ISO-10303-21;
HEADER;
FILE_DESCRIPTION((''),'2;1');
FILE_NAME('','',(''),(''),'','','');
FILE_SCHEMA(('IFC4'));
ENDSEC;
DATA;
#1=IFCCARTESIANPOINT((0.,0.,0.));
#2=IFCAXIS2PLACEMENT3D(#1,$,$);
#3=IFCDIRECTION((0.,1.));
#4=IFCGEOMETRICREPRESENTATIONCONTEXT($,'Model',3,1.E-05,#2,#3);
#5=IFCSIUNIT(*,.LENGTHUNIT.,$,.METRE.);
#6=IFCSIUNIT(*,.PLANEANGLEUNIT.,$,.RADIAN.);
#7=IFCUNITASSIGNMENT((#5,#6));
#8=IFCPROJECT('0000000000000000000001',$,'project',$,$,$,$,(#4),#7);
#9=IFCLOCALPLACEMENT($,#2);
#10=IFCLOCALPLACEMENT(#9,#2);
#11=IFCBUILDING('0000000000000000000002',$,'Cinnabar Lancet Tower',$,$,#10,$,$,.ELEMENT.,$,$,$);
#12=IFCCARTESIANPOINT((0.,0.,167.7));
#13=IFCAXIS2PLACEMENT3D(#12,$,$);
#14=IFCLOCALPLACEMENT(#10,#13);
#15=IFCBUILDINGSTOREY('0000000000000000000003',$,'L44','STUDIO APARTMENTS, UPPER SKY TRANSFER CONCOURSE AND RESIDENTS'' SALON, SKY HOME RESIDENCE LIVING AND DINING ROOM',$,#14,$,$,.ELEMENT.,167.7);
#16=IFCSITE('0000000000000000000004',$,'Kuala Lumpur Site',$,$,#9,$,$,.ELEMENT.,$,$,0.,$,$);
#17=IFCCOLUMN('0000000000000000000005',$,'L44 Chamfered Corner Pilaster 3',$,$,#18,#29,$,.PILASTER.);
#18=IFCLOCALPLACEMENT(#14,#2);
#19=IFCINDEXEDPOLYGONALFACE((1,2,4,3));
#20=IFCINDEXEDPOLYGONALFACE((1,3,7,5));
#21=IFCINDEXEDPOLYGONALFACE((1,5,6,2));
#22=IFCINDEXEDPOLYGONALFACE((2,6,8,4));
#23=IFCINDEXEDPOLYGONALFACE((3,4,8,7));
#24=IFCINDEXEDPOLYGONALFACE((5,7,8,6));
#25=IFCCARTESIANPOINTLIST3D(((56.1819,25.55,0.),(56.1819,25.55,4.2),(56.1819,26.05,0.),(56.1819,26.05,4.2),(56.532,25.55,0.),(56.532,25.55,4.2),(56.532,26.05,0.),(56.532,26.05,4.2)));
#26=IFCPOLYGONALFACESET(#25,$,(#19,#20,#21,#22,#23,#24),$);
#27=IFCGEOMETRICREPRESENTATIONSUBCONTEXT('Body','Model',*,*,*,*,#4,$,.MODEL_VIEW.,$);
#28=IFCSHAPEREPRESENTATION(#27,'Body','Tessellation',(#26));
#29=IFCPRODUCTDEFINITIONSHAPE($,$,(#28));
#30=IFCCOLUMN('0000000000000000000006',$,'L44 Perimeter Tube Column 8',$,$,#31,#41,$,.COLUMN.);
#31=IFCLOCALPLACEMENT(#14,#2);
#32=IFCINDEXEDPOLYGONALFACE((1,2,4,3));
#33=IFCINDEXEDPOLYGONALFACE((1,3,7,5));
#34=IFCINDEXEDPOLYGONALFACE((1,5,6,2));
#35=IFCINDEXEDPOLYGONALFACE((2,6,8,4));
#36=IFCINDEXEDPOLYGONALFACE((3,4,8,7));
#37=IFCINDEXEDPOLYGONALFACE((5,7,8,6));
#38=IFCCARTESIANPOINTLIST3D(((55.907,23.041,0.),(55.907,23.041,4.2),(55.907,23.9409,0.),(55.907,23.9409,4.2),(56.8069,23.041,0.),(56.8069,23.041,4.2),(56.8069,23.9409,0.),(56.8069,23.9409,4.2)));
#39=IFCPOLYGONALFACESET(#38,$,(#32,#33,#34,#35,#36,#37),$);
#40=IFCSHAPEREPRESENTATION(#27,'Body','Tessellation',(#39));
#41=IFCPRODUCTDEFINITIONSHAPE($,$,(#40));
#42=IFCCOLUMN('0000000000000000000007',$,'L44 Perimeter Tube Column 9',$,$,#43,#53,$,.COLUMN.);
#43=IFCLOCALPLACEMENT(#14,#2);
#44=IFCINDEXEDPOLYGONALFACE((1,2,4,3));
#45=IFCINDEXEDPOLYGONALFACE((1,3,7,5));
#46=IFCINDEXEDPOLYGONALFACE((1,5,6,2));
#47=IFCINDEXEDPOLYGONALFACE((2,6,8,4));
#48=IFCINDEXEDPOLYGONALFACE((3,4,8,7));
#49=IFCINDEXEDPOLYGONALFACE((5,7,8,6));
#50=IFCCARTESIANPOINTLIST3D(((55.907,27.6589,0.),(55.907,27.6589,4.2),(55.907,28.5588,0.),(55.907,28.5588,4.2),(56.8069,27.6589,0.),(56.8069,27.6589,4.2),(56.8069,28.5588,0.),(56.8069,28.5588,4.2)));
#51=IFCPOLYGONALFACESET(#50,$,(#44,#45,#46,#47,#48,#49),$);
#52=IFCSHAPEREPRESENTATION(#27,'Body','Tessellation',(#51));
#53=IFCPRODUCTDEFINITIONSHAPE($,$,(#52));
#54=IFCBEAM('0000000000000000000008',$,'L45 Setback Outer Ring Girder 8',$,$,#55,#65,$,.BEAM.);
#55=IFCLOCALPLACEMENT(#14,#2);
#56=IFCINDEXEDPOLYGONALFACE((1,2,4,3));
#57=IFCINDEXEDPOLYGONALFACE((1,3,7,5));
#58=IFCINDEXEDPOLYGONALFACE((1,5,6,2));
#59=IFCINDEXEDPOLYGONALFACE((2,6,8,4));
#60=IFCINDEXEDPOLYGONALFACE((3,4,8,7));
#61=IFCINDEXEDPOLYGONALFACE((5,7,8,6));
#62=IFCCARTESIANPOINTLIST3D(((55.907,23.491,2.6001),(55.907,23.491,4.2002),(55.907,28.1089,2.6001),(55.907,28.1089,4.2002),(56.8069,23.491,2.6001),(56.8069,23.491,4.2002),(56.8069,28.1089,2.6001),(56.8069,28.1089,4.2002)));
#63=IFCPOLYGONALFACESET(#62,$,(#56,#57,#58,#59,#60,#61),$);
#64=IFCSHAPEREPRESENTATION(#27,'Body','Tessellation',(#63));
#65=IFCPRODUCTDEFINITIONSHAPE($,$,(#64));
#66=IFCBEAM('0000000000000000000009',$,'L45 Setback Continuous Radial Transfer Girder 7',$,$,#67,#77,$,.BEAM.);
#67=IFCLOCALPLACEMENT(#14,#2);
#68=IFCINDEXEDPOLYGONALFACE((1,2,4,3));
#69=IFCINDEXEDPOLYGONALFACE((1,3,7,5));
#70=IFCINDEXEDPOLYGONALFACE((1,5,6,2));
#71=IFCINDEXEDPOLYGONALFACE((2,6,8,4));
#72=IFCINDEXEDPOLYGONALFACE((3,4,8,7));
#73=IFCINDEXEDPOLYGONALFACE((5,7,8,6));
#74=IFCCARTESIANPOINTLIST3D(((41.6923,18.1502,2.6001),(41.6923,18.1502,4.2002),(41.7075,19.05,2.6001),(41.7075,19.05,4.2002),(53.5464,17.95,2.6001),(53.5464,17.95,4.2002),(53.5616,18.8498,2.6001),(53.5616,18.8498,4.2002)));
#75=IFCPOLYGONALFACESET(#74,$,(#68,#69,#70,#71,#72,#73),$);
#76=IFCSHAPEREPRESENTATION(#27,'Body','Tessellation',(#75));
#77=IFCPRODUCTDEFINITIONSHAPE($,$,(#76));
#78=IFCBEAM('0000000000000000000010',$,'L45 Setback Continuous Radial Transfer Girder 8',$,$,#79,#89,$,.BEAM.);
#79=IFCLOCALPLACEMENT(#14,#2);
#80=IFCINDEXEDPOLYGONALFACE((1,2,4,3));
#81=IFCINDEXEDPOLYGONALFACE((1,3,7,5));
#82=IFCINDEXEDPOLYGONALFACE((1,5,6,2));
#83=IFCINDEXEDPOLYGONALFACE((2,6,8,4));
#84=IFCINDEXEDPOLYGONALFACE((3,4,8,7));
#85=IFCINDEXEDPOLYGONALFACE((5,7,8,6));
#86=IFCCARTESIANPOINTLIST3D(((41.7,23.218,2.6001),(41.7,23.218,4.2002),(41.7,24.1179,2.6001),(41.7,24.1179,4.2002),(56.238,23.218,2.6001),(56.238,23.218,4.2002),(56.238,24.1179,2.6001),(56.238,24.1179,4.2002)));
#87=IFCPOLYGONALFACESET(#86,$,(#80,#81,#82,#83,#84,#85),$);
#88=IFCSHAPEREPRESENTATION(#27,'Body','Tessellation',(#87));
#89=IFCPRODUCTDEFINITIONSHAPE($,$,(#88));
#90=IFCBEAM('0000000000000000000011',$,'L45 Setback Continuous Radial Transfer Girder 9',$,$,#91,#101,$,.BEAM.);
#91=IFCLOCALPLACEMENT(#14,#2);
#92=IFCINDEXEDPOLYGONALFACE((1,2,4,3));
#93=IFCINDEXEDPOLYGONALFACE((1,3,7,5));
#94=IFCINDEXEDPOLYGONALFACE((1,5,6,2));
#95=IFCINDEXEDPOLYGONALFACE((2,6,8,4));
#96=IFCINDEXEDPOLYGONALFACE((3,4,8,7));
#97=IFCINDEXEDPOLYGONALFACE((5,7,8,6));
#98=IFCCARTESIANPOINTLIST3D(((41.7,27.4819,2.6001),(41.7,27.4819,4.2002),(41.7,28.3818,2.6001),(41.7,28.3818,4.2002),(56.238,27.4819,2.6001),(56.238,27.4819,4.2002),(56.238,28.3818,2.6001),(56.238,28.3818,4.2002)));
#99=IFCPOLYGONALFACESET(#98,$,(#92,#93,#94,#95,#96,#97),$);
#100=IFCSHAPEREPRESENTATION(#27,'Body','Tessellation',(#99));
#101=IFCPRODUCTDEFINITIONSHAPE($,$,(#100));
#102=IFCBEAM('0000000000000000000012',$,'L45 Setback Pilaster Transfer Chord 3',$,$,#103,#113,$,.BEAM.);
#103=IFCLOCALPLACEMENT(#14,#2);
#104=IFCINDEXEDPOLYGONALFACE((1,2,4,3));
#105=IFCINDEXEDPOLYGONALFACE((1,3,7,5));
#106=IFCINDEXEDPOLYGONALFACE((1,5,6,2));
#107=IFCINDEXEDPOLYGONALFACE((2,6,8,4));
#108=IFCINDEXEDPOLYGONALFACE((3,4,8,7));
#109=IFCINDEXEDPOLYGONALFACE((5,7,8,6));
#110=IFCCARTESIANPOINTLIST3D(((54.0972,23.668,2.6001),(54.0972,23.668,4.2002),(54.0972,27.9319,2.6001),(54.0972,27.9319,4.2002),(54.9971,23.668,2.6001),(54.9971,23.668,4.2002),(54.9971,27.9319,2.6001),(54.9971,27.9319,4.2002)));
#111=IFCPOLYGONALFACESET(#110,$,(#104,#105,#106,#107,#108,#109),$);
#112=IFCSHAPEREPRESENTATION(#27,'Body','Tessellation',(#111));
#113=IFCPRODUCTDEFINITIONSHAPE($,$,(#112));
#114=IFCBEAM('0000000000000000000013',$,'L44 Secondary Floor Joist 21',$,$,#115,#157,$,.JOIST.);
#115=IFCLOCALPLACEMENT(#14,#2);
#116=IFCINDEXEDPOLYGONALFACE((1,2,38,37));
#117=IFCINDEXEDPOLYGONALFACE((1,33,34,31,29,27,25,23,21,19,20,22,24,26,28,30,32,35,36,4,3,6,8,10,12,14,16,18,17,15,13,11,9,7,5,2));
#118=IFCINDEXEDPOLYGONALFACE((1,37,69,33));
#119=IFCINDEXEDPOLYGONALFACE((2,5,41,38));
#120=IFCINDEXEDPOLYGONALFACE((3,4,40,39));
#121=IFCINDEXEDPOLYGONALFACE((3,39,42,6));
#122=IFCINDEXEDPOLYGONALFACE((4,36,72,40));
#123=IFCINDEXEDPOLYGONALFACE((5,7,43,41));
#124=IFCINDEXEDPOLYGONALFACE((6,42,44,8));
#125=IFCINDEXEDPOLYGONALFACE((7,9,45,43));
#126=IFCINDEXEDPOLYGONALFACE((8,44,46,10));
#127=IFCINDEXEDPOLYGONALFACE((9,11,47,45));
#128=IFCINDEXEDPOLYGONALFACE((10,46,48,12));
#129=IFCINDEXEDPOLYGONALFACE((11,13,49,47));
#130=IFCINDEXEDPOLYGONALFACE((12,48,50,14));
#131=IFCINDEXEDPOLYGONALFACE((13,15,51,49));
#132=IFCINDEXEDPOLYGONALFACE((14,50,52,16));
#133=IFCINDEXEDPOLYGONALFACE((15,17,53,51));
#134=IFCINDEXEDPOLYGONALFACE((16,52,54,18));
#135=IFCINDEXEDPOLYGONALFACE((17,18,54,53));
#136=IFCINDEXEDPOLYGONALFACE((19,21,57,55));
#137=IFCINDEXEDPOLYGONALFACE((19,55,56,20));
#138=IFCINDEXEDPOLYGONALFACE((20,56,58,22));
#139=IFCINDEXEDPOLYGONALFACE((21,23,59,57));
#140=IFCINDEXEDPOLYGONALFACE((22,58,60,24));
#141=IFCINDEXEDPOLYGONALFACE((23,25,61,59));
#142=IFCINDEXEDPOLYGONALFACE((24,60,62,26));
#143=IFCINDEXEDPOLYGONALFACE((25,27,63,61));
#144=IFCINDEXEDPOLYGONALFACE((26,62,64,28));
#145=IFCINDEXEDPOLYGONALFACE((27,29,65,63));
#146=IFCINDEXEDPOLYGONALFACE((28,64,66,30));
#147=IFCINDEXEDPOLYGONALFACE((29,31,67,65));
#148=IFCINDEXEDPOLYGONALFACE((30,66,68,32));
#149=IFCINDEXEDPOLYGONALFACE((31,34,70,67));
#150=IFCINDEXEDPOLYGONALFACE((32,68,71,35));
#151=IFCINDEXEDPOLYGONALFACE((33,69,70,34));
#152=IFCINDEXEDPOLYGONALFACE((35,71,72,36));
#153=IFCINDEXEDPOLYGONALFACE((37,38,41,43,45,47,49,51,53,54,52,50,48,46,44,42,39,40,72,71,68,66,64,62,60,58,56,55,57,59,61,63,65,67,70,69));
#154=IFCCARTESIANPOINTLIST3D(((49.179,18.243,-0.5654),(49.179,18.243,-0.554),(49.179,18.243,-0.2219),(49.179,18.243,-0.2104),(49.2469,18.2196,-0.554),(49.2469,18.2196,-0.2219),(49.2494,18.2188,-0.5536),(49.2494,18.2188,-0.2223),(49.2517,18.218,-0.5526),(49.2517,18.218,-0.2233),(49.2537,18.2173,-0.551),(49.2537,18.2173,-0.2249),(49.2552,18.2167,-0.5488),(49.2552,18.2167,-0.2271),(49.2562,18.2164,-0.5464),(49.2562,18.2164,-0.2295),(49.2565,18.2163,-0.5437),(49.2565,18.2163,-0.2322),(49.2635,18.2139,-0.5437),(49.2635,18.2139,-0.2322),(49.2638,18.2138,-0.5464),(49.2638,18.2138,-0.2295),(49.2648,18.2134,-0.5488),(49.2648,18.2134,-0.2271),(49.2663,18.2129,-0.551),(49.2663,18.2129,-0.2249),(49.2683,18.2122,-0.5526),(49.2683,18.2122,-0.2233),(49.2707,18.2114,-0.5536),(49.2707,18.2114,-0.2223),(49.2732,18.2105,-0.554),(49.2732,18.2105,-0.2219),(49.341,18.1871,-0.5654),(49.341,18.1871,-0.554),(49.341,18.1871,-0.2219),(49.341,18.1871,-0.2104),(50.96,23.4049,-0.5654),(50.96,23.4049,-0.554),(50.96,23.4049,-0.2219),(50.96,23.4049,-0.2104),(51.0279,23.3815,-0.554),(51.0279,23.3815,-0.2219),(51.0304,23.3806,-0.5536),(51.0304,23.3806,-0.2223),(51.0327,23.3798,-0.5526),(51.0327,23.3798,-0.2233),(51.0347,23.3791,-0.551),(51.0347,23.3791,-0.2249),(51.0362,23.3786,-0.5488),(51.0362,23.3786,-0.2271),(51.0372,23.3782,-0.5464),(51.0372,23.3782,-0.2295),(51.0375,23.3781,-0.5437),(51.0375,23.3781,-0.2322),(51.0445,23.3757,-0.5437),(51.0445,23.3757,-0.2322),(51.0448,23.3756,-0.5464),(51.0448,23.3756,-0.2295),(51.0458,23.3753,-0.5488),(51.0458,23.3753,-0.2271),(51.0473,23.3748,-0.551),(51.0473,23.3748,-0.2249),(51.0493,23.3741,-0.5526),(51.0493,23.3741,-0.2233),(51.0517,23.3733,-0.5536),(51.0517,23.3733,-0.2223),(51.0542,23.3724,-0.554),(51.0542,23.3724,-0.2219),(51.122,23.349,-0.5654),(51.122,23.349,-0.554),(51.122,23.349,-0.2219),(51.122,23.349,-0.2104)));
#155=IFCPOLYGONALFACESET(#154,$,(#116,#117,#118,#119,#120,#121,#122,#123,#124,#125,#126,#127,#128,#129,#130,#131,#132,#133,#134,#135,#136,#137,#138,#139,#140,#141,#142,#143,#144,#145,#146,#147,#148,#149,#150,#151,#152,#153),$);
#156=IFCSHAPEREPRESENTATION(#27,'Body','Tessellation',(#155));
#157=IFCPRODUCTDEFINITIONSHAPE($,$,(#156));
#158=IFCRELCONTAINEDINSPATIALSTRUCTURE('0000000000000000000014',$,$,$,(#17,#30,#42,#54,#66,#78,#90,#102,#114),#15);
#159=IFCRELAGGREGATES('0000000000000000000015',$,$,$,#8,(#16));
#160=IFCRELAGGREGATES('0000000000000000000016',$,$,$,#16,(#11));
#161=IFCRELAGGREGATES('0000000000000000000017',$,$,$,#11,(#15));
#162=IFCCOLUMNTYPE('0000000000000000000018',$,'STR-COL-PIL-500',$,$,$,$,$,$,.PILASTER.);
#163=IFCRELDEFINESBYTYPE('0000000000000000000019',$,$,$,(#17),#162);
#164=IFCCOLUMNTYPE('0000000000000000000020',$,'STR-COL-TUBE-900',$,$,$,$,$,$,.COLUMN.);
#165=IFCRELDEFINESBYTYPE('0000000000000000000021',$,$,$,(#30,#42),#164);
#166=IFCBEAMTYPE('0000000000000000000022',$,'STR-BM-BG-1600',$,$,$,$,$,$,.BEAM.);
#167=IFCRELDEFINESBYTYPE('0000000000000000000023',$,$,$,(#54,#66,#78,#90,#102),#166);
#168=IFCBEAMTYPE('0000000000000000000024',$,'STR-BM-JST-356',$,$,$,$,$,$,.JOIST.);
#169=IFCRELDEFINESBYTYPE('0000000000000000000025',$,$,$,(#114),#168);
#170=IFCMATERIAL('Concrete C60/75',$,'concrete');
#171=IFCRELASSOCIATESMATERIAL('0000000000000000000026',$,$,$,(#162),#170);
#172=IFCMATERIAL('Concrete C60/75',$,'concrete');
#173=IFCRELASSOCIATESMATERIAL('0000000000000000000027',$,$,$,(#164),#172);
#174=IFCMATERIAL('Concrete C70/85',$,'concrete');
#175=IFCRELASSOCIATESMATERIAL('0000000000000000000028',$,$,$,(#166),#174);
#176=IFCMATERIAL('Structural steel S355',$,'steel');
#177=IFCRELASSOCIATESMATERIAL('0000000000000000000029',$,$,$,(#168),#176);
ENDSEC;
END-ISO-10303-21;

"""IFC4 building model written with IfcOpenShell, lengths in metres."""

from ifc_helpers import new_model, si_unit, direction, frame, origin, origin_2d, place, context, subcontext, project, spatial, rectangle, i_section, extrude, material, material_profile, profile_set, type_object, element, save


model = new_model("IFC4")

# Units and contexts
model_context = context("Model", 3, precision=1e-05, world=origin(), true_north=direction((0.0, 1.0)))
body_context = subcontext(model_context, "Body", "Model", "MODEL_VIEW")
ifc_project = project(units=[si_unit("LENGTHUNIT", "METRE"), si_unit("PLANEANGLEUNIT", "RADIAN")], contexts=[model_context])

# Site, building, storey
site_placement = place(None, origin())
site = spatial("IfcSite", under=ifc_project, at=site_placement, Name="Kuala Lumpur Site", CompositionType="ELEMENT", RefElevation=0.0)
building_placement = place(site_placement, origin())
building = spatial("IfcBuilding", under=site, at=building_placement, Name="Cinnabar Lancet Tower", CompositionType="ELEMENT")
storey_placement = place(building_placement, frame((0.0, 0.0, 167.7)))
storey = spatial("IfcBuildingStorey", under=building, at=storey_placement, Name="L44", Description="STUDIO APARTMENTS, UPPER SKY TRANSFER CONCOURSE AND RESIDENTS' SALON, SKY HOME RESIDENCE LIVING AND DINING ROOM", CompositionType="ELEMENT", Elevation=167.7)

# Columns
ifc_material_1 = material(Name="Concrete C60/75", Category="concrete")
ifc_material_profile_1 = material_profile(ifc_material_1, rectangle(XDim=0.5, YDim=0.3501, at=origin_2d()), Name="RC-PIL 500x350")
ifc_profile_set_1 = profile_set([ifc_material_profile_1], Name="Concrete C60/75")
column_type_1 = type_object("IfcColumnType", Name="STR-COL-PIL-500", PredefinedType="PILASTER", material=ifc_profile_set_1)
column_placement = place(storey_placement, frame((56.3569, 25.8, 0.0), z_axis=(0.0, 0.0, 1.0), x_axis=(0.0, 1.0, 0.0)))
element("IfcColumn", 1, at=column_placement, inside=storey, type_object=column_type_1, Name="L44 Chamfered Corner Pilaster 3", PredefinedType="PILASTER", context=body_context, shape_type="SweptSolid", body=[
    extrude(rectangle(XDim=0.5, YDim=0.3501, at=origin_2d()), origin(), (0.0, 0.0, 1.0), 4.2),
])
ifc_material_2 = material(Name="Concrete C60/75", Category="concrete")
ifc_material_profile_2 = material_profile(ifc_material_2, rectangle(XDim=0.8999, YDim=0.8999, at=origin_2d()), Name="RC-COL 900x900")
ifc_profile_set_2 = profile_set([ifc_material_profile_2], Name="Concrete C60/75")
column_type_2 = type_object("IfcColumnType", Name="STR-COL-TUBE-900", PredefinedType="COLUMN", material=ifc_profile_set_2)
for number, where, z_axis, x_axis, name in (
    (2, (56.3569, 23.491, 0.0), (0.0, 0.0, 1.0), (1.0, 0.0, 0.0), "L44 Perimeter Tube Column 8"),
    (3, (56.3569, 28.1089, 0.0), (0.0, 0.0, 1.0), (1.0, 0.0, 0.0), "L44 Perimeter Tube Column 9"),
):
    element("IfcColumn", number, at=place(storey_placement, frame(where, z_axis=z_axis, x_axis=x_axis)), inside=storey, type_object=column_type_2, Name=name, PredefinedType="COLUMN", context=body_context, shape_type="SweptSolid", body=[
        extrude(rectangle(XDim=0.8999, YDim=0.8999, at=origin_2d()), origin(), (0.0, 0.0, 1.0), 4.2),
    ])

# Beams
ifc_material_3 = material(Name="Concrete C70/85", Category="concrete")
ifc_material_profile_3 = material_profile(ifc_material_3, rectangle(XDim=0.8999, YDim=1.6001, at=origin_2d()), Name="RC-BG 900x1600")
ifc_profile_set_3 = profile_set([ifc_material_profile_3], Name="Concrete C70/85")
beam_type_1 = type_object("IfcBeamType", Name="STR-BM-BG-1600", PredefinedType="BEAM", material=ifc_profile_set_3)
beam_1_placement = place(storey_placement, frame((56.3569, 23.491, 3.4001), z_axis=(0.0, 1.0, 0.0), x_axis=(-1.0, 0.0, 0.0)))
element("IfcBeam", 4, at=beam_1_placement, inside=storey, type_object=beam_type_1, Name="L45 Setback Outer Ring Girder 8", PredefinedType="BEAM", context=body_context, shape_type="SweptSolid", body=[
    extrude(rectangle(XDim=0.8999, YDim=1.6001, at=origin_2d()), origin(), (0.0, 0.0, 1.0), 4.6179),
])
beam_2_placement = place(storey_placement, frame((53.554, 18.3999, 3.4001), z_axis=(-0.999857, 0.016886, 0.0), x_axis=(-0.016886, -0.999857, 0.0)))
element("IfcBeam", 5, at=beam_2_placement, inside=storey, type_object=beam_type_1, Name="L45 Setback Continuous Radial Transfer Girder 7", PredefinedType="BEAM", context=body_context, shape_type="SweptSolid", body=[
    extrude(rectangle(XDim=0.8999, YDim=1.6001, at=origin_2d()), origin(), (0.0, 0.0, 1.0), 11.8557),
])
for number, where, z_axis, x_axis, name in (
    (6, (56.238, 23.668, 3.4001), (-1.0, 0.0, 0.0), (0.0, -1.0, 0.0), "L45 Setback Continuous Radial Transfer Girder 8"),
    (7, (56.238, 27.9319, 3.4001), (-1.0, 0.0, 0.0), (0.0, -1.0, 0.0), "L45 Setback Continuous Radial Transfer Girder 9"),
):
    element("IfcBeam", number, at=place(storey_placement, frame(where, z_axis=z_axis, x_axis=x_axis)), inside=storey, type_object=beam_type_1, Name=name, PredefinedType="BEAM", context=body_context, shape_type="SweptSolid", body=[
        extrude(rectangle(XDim=0.8999, YDim=1.6001, at=origin_2d()), origin(), (0.0, 0.0, 1.0), 14.5381),
    ])
beam_3_placement = place(storey_placement, frame((54.5471, 23.668, 3.4001), z_axis=(0.0, 1.0, 0.0), x_axis=(-1.0, 0.0, 0.0)))
element("IfcBeam", 8, at=beam_3_placement, inside=storey, type_object=beam_type_1, Name="L45 Setback Pilaster Transfer Chord 3", PredefinedType="BEAM", context=body_context, shape_type="SweptSolid", body=[
    extrude(rectangle(XDim=0.8999, YDim=1.6001, at=origin_2d()), origin(), (0.0, 0.0, 1.0), 4.2639),
])
ifc_material_4 = material(Name="Structural steel S355", Category="steel")
ifc_material_profile_4 = material_profile(ifc_material_4, i_section(OverallWidth=0.1714, OverallDepth=0.355, WebThickness=0.0073, FlangeThickness=0.0115, FilletRadius=0.0103, at=origin_2d()), Name="UKB 356x171x51")
ifc_profile_set_4 = profile_set([ifc_material_profile_4], Name="Structural steel S355")
beam_type_2 = type_object("IfcBeamType", Name="STR-BM-JST-356", PredefinedType="JOIST", material=ifc_profile_set_4)
beam_4_placement = place(storey_placement, frame((49.26, 18.2151, -0.3879), z_axis=(0.326163, 0.945314, 0.0), x_axis=(-0.945314, 0.326163, 0.0)))
element("IfcBeam", 9, at=beam_4_placement, inside=storey, type_object=beam_type_2, Name="L44 Secondary Floor Joist 21", PredefinedType="JOIST", context=body_context, shape_type="SweptSolid", body=[
    extrude(i_section(OverallWidth=0.1714, OverallDepth=0.355, WebThickness=0.0073, FlangeThickness=0.0115, FilletRadius=0.0103, at=origin_2d()), origin(), (0.0, 0.0, 1.0), 5.4604),
])

save(model, "model.ifc")
